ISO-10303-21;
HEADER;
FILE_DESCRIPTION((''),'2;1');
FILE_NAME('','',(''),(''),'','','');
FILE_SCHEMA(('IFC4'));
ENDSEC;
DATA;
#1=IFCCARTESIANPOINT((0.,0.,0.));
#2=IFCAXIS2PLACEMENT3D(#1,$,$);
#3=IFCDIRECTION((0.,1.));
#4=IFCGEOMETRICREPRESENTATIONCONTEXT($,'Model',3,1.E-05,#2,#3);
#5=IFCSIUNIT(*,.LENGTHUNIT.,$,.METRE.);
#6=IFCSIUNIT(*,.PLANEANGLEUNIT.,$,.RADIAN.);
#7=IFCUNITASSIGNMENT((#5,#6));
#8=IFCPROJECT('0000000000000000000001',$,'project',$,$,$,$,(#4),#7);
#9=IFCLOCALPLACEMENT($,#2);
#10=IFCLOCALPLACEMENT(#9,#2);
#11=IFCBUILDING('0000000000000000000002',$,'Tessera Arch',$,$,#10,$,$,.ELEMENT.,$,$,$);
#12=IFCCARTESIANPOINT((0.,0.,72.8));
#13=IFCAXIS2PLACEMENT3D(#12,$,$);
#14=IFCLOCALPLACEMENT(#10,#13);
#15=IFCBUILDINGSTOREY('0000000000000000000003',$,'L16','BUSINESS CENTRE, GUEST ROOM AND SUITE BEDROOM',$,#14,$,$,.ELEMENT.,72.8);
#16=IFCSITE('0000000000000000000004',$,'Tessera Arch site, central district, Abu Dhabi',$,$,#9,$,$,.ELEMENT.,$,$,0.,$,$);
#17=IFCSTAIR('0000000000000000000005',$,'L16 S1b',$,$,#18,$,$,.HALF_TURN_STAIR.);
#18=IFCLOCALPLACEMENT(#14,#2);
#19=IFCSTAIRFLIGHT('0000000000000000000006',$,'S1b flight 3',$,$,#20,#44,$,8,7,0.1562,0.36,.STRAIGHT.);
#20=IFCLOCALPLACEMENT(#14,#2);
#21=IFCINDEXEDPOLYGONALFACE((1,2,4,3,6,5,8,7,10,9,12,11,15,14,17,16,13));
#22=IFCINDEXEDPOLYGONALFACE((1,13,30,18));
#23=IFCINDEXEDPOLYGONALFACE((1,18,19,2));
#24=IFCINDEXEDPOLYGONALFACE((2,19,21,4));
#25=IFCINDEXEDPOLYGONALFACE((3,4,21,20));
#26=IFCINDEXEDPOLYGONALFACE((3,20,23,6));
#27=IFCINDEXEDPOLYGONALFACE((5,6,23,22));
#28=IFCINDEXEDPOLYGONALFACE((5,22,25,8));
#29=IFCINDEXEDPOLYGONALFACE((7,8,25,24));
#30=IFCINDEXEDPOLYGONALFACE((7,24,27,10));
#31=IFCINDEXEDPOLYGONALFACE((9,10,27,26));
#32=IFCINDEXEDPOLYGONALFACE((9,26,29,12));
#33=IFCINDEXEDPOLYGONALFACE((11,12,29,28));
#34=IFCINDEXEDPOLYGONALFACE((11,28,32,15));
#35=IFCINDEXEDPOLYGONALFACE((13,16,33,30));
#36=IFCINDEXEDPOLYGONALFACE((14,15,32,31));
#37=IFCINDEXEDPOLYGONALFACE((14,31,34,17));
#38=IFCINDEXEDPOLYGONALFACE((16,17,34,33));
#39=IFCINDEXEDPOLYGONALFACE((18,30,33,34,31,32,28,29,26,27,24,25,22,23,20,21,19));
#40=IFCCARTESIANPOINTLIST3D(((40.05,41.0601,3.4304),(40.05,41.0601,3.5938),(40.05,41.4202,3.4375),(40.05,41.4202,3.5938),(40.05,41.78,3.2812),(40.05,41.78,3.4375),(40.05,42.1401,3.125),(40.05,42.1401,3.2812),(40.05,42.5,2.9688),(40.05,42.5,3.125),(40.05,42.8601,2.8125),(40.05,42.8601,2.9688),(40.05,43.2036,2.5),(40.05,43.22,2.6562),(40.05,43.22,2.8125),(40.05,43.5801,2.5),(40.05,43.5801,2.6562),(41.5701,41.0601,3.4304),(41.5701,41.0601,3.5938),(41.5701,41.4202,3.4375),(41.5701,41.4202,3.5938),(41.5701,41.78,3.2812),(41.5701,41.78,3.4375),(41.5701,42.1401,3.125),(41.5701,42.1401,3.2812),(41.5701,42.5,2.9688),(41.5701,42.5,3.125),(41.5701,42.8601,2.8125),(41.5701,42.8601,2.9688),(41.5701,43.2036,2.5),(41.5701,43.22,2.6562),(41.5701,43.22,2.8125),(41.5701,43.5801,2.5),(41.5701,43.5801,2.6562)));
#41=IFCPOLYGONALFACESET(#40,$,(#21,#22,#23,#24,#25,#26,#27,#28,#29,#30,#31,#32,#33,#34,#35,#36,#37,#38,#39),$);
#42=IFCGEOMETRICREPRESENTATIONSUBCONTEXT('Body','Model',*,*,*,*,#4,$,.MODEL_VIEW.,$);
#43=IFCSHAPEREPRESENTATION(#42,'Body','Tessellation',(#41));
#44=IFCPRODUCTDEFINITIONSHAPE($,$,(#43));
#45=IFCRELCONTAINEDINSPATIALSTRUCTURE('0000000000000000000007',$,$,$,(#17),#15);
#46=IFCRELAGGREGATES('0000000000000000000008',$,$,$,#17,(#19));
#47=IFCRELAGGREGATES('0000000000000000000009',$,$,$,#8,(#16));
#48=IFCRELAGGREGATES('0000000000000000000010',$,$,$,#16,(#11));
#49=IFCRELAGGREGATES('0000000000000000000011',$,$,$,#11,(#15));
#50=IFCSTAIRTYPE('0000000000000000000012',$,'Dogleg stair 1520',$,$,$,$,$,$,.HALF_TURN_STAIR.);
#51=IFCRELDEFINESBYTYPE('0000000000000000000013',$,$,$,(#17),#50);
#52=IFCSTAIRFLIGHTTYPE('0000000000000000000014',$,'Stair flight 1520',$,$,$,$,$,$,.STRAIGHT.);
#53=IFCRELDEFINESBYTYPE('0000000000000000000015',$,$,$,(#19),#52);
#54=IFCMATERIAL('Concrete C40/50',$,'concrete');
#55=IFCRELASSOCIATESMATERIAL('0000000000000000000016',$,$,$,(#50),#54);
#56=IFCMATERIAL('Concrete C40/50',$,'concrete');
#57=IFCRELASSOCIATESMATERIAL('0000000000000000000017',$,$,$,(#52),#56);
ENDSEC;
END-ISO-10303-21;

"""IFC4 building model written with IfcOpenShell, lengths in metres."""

from ifc_helpers import new_model, si_unit, direction, frame, origin, place, context, subcontext, project, spatial, polyline, outline, extrude, material, type_object, element, aggregate, save


model = new_model("IFC4")

# Units and contexts
model_context = context("Model", 3, precision=1e-05, world=origin(), true_north=direction((0.0, 1.0)))
body_context = subcontext(model_context, "Body", "Model", "MODEL_VIEW")
ifc_project = project(units=[si_unit("LENGTHUNIT", "METRE"), si_unit("PLANEANGLEUNIT", "RADIAN")], contexts=[model_context])

# Site, building, storey
site_placement = place(None, origin())
site = spatial("IfcSite", under=ifc_project, at=site_placement, Name="Tessera Arch site, central district, Abu Dhabi", CompositionType="ELEMENT", RefElevation=0.0)
building_placement = place(site_placement, origin())
building = spatial("IfcBuilding", under=site, at=building_placement, Name="Tessera Arch", CompositionType="ELEMENT")
storey_placement = place(building_placement, frame((0.0, 0.0, 72.8)))
storey = spatial("IfcBuildingStorey", under=building, at=storey_placement, Name="L16", Description="BUSINESS CENTRE, GUEST ROOM AND SUITE BEDROOM", CompositionType="ELEMENT", Elevation=72.8)

# Stair, stair flight
ifc_material_1 = material(Name="Concrete C40/50", Category="concrete")
stair_type = type_object("IfcStairType", Name="Dogleg stair 1520", PredefinedType="HALF_TURN_STAIR", material=ifc_material_1)
stair_placement = place(storey_placement, origin())
stair = element("IfcStair", 1, at=stair_placement, inside=storey, type_object=stair_type, Name="L16 S1b", PredefinedType="HALF_TURN_STAIR")
ifc_material_2 = material(Name="Concrete C40/50", Category="concrete")
stair_flight_type = type_object("IfcStairFlightType", Name="Stair flight 1520", PredefinedType="STRAIGHT", material=ifc_material_2)
stair_flight_1_placement = place(storey_placement, frame((40.8101, 43.5801, 2.5), z_axis=(0.0, 0.0, 1.0), x_axis=(0.0, -1.0, 0.0)))
stair_flight_1 = element("IfcStairFlight", 2, at=stair_flight_1_placement, type_object=stair_flight_type, Name="S1b flight 3", NumberOfRisers=8, NumberOfTreads=7, PredefinedType="STRAIGHT", RiserHeight=0.1562, TreadLength=0.36, context=body_context, shape_type="SweptSolid", body=[
    extrude(outline(polyline([(0.0, 0.0), (0.0, 0.1562), (0.3601, 0.1562), (0.3601, 0.3125), (0.72, 0.3125), (0.72, 0.4688), (1.0801, 0.4688), (1.0801, 0.625), (1.4399, 0.625), (1.4399, 0.7812), (1.8, 0.7812), (1.8, 0.9375), (2.1599, 0.9375), (2.1599, 1.0938), (2.52, 1.0938), (2.52, 1.25), (2.52, 0.9304), (0.3765, 0.0), (0.0, 0.0)])), frame((0.0, 0.76, 0.0), z_axis=(0.0, -1.0, 0.0), x_axis=(1.0, 0.0, 0.0)), (0.0, 0.0, 1.0), 1.52),
])
aggregate(stair, [stair_flight_1])

save(model, "model.ifc")
